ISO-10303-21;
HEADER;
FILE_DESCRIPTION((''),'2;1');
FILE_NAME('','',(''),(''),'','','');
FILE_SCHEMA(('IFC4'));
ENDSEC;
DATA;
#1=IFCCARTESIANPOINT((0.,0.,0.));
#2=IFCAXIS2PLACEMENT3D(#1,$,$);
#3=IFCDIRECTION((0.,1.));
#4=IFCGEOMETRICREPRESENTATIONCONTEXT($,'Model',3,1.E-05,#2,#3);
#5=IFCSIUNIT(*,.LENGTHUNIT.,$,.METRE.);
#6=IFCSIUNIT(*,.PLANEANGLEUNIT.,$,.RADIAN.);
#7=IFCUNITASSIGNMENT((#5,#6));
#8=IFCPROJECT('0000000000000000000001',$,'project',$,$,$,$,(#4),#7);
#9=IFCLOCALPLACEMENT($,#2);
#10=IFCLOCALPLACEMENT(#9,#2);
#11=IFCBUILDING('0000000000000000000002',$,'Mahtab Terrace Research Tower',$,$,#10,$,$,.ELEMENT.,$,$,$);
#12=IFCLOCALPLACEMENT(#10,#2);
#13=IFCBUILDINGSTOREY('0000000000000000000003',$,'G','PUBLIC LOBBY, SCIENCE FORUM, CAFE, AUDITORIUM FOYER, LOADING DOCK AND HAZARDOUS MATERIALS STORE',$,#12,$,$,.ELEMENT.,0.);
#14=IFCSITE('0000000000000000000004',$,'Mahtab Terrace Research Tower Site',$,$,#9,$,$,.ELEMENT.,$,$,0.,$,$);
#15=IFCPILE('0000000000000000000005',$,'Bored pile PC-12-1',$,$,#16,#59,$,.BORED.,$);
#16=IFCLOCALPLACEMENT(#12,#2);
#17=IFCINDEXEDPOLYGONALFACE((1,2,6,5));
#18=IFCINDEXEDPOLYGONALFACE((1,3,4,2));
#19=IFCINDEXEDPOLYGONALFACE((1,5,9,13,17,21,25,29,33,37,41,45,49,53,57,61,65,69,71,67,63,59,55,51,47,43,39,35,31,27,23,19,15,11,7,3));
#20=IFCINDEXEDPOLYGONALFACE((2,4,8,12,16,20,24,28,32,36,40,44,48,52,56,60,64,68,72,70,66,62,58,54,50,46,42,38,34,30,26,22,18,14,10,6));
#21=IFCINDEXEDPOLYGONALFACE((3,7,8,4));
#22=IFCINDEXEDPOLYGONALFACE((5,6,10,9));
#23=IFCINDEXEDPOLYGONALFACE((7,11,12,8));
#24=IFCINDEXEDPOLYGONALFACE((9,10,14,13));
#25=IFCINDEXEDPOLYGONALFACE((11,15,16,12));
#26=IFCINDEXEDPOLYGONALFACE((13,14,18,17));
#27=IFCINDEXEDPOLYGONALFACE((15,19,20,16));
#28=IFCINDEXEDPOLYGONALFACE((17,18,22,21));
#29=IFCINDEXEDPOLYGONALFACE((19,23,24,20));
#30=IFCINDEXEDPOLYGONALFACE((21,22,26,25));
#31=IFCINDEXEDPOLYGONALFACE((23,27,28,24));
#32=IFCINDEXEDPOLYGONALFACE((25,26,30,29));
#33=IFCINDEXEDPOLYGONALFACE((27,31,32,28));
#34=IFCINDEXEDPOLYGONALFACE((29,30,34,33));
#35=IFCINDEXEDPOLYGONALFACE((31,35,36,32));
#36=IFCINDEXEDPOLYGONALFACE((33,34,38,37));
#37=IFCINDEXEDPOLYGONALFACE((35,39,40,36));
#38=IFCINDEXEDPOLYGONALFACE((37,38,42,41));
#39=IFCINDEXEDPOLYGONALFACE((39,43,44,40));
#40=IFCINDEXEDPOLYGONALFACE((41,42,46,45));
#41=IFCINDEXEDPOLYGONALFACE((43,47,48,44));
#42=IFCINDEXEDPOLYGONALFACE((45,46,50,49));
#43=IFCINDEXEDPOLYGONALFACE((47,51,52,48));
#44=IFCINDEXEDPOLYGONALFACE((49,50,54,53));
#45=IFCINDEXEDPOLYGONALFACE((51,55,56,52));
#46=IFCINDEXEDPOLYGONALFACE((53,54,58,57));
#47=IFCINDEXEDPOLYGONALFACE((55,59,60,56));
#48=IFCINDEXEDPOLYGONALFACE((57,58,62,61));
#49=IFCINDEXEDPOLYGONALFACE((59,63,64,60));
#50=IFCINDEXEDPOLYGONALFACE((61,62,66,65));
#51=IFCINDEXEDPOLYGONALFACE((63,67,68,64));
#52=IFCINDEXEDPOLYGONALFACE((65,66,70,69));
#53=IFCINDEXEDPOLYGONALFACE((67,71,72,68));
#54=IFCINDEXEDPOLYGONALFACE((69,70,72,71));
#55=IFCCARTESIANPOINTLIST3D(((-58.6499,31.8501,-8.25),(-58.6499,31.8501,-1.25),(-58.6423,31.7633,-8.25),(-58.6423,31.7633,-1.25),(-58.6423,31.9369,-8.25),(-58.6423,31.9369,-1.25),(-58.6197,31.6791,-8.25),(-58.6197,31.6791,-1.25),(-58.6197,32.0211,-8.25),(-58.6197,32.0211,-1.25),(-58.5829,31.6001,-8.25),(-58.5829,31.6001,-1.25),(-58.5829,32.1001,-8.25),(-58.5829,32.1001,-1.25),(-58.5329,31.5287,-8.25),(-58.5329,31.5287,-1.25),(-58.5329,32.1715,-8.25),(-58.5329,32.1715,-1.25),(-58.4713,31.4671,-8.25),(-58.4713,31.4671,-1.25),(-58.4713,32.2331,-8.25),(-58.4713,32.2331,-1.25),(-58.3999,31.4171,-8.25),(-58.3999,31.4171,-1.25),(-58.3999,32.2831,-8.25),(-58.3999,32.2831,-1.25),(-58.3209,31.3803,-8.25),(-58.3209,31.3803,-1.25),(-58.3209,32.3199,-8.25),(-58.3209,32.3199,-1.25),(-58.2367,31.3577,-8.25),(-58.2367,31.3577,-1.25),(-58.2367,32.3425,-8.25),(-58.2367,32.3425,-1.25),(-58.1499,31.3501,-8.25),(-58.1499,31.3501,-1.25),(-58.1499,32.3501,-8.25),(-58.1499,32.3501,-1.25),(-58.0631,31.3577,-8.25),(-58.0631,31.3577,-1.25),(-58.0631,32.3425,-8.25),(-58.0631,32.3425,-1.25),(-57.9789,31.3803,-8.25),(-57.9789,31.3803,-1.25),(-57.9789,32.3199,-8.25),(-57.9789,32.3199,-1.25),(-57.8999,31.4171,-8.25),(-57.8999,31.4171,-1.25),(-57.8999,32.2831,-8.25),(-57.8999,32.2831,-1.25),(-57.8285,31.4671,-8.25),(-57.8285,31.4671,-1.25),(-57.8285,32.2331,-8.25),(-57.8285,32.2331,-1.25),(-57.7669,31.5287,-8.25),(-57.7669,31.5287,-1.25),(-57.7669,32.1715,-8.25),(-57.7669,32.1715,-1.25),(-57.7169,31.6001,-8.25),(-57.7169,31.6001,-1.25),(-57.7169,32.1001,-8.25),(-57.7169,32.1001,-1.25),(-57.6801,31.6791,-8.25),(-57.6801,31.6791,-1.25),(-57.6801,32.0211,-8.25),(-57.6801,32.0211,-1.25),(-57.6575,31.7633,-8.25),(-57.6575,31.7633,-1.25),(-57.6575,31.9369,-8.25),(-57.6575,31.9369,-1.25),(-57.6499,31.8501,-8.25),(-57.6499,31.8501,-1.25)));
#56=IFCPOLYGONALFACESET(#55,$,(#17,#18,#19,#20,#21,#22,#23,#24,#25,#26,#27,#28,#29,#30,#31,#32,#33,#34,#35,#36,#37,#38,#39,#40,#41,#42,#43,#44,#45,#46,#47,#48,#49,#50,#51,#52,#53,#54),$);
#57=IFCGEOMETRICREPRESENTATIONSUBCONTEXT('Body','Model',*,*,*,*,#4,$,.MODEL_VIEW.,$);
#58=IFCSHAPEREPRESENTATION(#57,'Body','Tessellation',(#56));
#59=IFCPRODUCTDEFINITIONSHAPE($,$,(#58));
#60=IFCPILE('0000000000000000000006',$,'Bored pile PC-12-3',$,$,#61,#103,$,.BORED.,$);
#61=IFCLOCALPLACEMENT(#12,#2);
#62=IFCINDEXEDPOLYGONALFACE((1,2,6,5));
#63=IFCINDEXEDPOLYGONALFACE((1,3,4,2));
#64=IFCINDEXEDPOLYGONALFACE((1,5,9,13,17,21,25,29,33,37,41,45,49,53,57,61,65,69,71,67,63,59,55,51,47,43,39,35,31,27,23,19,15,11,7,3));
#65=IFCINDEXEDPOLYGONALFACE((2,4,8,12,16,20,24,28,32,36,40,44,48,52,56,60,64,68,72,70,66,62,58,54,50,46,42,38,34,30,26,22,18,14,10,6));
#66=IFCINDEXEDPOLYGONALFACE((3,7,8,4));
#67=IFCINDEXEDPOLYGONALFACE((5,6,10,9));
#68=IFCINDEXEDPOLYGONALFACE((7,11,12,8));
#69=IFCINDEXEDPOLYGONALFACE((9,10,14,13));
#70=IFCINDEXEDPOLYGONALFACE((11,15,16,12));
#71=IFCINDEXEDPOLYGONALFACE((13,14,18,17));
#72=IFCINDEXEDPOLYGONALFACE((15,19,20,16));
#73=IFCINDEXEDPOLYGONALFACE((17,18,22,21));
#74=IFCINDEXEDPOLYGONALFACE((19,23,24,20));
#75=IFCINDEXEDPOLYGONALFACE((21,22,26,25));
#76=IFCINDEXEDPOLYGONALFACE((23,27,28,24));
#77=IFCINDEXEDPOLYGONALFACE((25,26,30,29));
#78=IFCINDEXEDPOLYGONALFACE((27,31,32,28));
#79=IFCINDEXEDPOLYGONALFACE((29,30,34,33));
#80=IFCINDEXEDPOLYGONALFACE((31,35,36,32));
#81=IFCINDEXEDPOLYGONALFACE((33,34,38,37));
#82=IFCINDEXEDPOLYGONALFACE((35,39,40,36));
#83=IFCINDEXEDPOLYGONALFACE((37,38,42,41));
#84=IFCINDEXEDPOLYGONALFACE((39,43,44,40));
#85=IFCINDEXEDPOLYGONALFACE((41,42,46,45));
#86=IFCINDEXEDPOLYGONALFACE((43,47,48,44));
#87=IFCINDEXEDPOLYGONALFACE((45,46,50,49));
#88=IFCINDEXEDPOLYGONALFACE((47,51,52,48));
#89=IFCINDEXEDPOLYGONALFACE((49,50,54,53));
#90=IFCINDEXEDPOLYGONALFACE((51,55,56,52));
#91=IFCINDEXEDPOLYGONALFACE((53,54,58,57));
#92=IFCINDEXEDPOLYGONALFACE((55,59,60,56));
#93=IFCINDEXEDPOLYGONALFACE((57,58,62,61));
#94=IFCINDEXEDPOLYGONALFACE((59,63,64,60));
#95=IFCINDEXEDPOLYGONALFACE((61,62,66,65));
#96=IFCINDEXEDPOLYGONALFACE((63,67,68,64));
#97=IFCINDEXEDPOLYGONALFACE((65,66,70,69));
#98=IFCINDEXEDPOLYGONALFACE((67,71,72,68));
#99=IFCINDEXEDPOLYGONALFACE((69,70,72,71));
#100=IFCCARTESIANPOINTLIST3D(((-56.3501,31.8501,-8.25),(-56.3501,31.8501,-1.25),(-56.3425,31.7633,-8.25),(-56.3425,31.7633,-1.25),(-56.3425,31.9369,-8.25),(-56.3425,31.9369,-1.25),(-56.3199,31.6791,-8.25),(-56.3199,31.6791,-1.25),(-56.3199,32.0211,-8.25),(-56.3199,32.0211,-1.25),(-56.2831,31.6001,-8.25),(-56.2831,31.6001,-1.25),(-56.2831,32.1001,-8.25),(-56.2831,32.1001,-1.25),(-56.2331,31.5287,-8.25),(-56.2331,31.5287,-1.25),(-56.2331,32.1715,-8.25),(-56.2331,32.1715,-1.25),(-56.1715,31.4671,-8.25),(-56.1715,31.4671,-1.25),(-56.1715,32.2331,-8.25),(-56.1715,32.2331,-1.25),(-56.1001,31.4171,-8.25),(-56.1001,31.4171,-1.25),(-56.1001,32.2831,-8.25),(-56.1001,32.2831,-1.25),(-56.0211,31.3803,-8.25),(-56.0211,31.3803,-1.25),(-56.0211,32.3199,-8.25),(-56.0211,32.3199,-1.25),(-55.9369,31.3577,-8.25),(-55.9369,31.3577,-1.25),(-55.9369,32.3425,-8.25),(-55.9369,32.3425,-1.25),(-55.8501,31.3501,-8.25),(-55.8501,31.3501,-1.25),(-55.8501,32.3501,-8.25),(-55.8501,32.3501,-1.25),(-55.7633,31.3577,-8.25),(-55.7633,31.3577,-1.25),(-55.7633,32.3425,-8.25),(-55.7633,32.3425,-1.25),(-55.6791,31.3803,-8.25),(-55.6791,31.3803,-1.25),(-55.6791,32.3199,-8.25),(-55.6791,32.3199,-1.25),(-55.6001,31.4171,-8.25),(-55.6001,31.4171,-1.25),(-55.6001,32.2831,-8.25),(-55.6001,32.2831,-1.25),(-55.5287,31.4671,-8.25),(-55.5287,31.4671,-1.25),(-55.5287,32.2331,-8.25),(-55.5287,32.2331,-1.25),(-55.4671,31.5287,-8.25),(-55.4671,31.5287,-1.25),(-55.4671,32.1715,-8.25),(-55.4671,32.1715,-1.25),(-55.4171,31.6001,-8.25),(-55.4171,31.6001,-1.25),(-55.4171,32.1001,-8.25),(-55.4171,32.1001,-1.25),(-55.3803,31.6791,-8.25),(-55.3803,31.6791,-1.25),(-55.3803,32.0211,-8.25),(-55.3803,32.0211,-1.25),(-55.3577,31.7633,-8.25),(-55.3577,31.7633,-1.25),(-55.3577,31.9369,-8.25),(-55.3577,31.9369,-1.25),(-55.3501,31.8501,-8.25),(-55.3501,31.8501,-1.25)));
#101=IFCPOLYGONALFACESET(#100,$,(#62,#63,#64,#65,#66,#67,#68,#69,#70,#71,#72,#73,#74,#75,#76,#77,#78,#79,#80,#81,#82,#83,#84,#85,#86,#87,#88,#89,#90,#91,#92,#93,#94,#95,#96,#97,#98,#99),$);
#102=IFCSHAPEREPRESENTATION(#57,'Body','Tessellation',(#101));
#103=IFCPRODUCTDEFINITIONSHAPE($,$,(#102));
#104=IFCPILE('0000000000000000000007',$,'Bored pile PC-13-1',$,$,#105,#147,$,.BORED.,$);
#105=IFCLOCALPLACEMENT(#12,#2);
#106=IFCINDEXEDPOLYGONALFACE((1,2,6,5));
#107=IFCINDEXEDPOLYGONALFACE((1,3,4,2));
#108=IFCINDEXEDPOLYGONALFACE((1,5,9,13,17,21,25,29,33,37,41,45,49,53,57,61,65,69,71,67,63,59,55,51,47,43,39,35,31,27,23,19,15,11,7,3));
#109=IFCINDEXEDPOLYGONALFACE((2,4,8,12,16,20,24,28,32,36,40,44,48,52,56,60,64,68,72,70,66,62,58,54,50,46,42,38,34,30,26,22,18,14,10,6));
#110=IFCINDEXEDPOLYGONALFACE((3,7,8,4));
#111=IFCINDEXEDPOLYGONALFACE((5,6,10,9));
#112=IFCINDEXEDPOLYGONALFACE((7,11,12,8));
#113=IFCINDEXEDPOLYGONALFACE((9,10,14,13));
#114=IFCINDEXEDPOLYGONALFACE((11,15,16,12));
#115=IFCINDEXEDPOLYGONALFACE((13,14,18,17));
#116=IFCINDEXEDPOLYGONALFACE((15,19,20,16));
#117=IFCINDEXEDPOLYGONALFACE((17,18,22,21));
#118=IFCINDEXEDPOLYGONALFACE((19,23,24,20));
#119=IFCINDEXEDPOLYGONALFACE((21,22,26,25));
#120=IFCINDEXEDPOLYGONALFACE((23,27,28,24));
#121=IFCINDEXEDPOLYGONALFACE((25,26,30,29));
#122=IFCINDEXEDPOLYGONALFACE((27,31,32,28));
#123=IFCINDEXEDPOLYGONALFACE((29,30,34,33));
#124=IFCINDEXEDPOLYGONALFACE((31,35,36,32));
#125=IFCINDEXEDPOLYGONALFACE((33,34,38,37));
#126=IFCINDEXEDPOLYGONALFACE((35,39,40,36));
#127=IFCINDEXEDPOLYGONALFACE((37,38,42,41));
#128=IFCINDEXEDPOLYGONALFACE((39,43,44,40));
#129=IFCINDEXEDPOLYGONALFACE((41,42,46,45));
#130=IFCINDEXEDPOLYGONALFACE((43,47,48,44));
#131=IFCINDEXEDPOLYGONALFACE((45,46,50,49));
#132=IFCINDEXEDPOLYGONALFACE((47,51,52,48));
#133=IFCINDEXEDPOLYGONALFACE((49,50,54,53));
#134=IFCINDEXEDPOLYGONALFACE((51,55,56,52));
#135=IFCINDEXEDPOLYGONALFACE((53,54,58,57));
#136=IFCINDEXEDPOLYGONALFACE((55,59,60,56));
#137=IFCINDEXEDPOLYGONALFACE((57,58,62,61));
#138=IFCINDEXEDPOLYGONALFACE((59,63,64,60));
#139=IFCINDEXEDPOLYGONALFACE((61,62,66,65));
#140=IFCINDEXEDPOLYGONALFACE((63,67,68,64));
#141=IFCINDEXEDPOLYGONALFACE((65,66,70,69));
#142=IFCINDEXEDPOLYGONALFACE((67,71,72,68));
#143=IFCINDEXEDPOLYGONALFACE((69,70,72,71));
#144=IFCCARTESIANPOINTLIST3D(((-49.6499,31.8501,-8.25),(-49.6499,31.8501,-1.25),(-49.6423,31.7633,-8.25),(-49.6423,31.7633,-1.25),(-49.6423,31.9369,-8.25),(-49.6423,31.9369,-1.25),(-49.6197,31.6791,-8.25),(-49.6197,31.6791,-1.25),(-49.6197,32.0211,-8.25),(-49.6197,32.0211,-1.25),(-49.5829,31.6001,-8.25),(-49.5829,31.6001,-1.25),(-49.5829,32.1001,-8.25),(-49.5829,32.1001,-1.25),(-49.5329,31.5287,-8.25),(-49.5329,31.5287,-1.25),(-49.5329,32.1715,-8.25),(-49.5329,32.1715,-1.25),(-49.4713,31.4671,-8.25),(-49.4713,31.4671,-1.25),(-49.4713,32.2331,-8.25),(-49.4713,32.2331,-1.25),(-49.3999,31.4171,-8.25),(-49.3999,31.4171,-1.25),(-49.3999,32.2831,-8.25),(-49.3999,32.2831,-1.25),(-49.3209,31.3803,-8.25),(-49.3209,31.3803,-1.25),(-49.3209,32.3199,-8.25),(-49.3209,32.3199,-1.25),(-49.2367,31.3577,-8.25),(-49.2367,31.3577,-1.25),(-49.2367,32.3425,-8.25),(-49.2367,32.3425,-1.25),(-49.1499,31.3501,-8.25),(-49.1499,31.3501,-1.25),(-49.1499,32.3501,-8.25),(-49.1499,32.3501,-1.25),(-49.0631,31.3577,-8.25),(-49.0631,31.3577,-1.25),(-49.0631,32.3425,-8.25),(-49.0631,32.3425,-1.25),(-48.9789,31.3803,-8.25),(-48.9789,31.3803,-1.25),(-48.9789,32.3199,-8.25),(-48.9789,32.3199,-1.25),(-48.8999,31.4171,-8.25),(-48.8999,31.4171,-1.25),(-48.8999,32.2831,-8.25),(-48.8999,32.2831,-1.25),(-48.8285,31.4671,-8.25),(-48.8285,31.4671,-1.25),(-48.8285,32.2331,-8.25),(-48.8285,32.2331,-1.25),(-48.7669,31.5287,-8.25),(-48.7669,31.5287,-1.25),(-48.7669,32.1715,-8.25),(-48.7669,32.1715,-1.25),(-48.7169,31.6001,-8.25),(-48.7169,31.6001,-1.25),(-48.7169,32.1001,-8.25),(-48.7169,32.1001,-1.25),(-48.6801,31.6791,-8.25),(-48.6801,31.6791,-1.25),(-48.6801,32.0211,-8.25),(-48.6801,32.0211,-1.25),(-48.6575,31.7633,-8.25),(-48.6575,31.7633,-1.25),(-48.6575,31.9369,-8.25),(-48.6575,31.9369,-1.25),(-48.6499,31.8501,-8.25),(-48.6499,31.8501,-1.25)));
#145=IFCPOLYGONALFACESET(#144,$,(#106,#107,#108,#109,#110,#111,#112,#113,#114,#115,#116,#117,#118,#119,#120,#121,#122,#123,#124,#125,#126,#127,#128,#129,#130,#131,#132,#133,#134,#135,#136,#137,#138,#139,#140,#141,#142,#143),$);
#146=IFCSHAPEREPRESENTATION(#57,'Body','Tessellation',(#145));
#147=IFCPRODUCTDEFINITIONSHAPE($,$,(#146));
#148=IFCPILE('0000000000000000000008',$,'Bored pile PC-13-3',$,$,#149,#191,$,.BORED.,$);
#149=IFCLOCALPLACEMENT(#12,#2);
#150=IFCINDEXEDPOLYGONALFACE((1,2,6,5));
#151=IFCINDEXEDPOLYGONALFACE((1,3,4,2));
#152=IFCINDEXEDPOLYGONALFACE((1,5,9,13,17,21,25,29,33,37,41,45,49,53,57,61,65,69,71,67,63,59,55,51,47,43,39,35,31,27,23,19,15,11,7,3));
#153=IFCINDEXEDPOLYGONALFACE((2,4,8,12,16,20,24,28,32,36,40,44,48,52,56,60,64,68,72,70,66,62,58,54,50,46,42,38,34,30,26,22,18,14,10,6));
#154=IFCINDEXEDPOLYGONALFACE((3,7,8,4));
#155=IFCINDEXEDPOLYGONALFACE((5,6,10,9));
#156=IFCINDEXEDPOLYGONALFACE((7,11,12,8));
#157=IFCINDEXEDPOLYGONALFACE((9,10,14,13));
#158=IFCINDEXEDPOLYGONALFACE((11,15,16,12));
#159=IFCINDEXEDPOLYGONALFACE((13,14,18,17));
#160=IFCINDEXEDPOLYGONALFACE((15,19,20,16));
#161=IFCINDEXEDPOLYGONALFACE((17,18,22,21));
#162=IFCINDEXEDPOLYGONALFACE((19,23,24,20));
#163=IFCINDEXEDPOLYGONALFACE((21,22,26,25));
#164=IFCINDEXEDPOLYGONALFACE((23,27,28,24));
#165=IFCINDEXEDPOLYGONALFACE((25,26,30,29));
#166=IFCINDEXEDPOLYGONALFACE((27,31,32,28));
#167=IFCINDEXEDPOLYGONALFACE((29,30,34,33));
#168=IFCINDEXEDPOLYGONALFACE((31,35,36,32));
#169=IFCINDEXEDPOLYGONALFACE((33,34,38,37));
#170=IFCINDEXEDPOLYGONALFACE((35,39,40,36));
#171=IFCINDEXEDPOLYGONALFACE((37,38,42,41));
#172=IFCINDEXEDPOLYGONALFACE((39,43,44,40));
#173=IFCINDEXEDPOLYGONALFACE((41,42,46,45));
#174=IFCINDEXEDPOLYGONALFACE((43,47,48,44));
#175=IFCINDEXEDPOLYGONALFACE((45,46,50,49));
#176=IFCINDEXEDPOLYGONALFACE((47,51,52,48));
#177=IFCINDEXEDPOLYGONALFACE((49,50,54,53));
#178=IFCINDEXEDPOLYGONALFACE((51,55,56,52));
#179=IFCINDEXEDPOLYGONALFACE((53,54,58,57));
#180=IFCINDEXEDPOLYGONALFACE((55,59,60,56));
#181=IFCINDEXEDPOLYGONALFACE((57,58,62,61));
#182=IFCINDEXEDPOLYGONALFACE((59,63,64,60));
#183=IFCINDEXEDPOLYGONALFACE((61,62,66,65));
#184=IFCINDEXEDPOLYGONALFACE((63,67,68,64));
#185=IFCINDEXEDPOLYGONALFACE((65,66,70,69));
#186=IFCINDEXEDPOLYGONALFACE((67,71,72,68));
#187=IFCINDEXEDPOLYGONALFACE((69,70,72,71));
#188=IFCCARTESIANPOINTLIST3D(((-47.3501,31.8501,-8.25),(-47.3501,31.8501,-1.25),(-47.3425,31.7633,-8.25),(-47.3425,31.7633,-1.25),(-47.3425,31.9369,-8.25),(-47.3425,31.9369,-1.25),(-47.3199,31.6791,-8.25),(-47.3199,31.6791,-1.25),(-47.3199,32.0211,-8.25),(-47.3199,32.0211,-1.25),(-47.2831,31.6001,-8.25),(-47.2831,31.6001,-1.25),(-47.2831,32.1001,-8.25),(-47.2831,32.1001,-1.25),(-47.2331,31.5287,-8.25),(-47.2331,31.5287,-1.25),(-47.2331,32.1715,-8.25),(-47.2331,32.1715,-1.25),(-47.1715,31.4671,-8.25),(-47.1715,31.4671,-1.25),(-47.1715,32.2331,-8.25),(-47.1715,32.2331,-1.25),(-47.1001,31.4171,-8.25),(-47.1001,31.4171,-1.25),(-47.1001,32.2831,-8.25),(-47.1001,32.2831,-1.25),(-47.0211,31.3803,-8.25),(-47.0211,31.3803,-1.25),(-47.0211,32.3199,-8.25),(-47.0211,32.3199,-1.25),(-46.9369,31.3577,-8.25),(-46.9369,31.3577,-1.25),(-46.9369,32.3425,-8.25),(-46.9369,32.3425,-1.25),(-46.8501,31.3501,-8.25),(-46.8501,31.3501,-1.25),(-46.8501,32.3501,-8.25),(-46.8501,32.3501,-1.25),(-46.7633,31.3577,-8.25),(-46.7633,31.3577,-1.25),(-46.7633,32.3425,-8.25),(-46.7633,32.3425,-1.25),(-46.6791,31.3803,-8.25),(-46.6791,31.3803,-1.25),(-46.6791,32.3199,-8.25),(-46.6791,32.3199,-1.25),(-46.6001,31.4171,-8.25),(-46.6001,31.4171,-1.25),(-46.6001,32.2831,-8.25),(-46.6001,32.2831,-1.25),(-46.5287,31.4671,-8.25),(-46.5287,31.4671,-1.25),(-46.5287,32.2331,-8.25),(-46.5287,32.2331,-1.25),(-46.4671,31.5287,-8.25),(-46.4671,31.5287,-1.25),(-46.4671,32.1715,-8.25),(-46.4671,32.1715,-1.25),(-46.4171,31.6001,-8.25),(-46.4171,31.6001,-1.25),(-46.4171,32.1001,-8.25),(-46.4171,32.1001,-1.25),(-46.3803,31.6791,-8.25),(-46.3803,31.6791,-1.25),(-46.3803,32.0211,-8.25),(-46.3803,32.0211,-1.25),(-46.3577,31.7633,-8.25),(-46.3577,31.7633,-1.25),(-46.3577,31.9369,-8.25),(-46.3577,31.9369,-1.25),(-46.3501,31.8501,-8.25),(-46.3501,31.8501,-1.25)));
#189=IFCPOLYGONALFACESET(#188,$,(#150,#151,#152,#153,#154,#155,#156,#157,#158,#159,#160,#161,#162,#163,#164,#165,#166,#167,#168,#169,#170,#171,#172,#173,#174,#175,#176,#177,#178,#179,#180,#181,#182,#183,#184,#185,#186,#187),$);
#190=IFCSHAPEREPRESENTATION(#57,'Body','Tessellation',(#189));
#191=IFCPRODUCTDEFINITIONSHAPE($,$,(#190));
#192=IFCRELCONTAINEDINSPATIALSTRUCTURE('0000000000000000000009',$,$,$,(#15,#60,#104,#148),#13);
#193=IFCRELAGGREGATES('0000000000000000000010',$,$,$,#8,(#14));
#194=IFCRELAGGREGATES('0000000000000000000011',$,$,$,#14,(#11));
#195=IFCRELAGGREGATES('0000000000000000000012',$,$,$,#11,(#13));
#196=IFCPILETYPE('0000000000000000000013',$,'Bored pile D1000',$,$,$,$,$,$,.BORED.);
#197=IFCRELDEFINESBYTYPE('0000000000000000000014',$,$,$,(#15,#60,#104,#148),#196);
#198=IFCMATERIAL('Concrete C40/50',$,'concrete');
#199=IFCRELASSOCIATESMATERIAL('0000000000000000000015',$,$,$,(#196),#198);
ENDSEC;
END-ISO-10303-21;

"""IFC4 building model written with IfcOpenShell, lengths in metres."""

from ifc_helpers import new_model, si_unit, direction, frame, origin, origin_2d, place, context, subcontext, project, spatial, circle, extrude, material, material_profile, profile_set, type_object, element, save


model = new_model("IFC4")

# Units and contexts
model_context = context("Model", 3, precision=1e-05, world=origin(), true_north=direction((0.0, 1.0)))
body_context = subcontext(model_context, "Body", "Model", "MODEL_VIEW")
ifc_project = project(units=[si_unit("LENGTHUNIT", "METRE"), si_unit("PLANEANGLEUNIT", "RADIAN")], contexts=[model_context])

# Site, building, storey
site_placement = place(None, origin())
site = spatial("IfcSite", under=ifc_project, at=site_placement, Name="Mahtab Terrace Research Tower Site", CompositionType="ELEMENT", RefElevation=0.0)
building_placement = place(site_placement, origin())
building = spatial("IfcBuilding", under=site, at=building_placement, Name="Mahtab Terrace Research Tower", CompositionType="ELEMENT")
storey_placement = place(building_placement, origin())
storey = spatial("IfcBuildingStorey", under=building, at=storey_placement, Name="G", Description="PUBLIC LOBBY, SCIENCE FORUM, CAFE, AUDITORIUM FOYER, LOADING DOCK AND HAZARDOUS MATERIALS STORE", CompositionType="ELEMENT", Elevation=0.0)

# Piles
ifc_material_1 = material(Name="Concrete C40/50", Category="concrete")
ifc_material_profile_1 = material_profile(ifc_material_1, circle(Radius=0.5, at=origin_2d()), Name="Bored pile D1000")
ifc_profile_set_1 = profile_set([ifc_material_profile_1], Name="Concrete C40/50")
pile_type_1 = type_object("IfcPileType", Name="Bored pile D1000", PredefinedType="BORED", material=ifc_profile_set_1)
for number, where, z_axis, x_axis, name in (
    (1, (-58.1499, 31.8501, -1.25), (0.0, 0.0, -1.0), (1.0, 0.0, 0.0), "Bored pile PC-12-1"),
    (2, (-55.8501, 31.8501, -1.25), (0.0, 0.0, -1.0), (1.0, 0.0, 0.0), "Bored pile PC-12-3"),
    (3, (-49.1499, 31.8501, -1.25), (0.0, 0.0, -1.0), (1.0, 0.0, 0.0), "Bored pile PC-13-1"),
    (4, (-46.8501, 31.8501, -1.25), (0.0, 0.0, -1.0), (1.0, 0.0, 0.0), "Bored pile PC-13-3"),
):
    element("IfcPile", number, at=place(storey_placement, frame(where, z_axis=z_axis, x_axis=x_axis)), inside=storey, type_object=pile_type_1, Name=name, PredefinedType="BORED", context=body_context, shape_type="SweptSolid", body=[
        extrude(circle(Radius=0.5, at=origin_2d()), origin(), (0.0, 0.0, 1.0), 7.0),
    ])

save(model, "model.ifc")
